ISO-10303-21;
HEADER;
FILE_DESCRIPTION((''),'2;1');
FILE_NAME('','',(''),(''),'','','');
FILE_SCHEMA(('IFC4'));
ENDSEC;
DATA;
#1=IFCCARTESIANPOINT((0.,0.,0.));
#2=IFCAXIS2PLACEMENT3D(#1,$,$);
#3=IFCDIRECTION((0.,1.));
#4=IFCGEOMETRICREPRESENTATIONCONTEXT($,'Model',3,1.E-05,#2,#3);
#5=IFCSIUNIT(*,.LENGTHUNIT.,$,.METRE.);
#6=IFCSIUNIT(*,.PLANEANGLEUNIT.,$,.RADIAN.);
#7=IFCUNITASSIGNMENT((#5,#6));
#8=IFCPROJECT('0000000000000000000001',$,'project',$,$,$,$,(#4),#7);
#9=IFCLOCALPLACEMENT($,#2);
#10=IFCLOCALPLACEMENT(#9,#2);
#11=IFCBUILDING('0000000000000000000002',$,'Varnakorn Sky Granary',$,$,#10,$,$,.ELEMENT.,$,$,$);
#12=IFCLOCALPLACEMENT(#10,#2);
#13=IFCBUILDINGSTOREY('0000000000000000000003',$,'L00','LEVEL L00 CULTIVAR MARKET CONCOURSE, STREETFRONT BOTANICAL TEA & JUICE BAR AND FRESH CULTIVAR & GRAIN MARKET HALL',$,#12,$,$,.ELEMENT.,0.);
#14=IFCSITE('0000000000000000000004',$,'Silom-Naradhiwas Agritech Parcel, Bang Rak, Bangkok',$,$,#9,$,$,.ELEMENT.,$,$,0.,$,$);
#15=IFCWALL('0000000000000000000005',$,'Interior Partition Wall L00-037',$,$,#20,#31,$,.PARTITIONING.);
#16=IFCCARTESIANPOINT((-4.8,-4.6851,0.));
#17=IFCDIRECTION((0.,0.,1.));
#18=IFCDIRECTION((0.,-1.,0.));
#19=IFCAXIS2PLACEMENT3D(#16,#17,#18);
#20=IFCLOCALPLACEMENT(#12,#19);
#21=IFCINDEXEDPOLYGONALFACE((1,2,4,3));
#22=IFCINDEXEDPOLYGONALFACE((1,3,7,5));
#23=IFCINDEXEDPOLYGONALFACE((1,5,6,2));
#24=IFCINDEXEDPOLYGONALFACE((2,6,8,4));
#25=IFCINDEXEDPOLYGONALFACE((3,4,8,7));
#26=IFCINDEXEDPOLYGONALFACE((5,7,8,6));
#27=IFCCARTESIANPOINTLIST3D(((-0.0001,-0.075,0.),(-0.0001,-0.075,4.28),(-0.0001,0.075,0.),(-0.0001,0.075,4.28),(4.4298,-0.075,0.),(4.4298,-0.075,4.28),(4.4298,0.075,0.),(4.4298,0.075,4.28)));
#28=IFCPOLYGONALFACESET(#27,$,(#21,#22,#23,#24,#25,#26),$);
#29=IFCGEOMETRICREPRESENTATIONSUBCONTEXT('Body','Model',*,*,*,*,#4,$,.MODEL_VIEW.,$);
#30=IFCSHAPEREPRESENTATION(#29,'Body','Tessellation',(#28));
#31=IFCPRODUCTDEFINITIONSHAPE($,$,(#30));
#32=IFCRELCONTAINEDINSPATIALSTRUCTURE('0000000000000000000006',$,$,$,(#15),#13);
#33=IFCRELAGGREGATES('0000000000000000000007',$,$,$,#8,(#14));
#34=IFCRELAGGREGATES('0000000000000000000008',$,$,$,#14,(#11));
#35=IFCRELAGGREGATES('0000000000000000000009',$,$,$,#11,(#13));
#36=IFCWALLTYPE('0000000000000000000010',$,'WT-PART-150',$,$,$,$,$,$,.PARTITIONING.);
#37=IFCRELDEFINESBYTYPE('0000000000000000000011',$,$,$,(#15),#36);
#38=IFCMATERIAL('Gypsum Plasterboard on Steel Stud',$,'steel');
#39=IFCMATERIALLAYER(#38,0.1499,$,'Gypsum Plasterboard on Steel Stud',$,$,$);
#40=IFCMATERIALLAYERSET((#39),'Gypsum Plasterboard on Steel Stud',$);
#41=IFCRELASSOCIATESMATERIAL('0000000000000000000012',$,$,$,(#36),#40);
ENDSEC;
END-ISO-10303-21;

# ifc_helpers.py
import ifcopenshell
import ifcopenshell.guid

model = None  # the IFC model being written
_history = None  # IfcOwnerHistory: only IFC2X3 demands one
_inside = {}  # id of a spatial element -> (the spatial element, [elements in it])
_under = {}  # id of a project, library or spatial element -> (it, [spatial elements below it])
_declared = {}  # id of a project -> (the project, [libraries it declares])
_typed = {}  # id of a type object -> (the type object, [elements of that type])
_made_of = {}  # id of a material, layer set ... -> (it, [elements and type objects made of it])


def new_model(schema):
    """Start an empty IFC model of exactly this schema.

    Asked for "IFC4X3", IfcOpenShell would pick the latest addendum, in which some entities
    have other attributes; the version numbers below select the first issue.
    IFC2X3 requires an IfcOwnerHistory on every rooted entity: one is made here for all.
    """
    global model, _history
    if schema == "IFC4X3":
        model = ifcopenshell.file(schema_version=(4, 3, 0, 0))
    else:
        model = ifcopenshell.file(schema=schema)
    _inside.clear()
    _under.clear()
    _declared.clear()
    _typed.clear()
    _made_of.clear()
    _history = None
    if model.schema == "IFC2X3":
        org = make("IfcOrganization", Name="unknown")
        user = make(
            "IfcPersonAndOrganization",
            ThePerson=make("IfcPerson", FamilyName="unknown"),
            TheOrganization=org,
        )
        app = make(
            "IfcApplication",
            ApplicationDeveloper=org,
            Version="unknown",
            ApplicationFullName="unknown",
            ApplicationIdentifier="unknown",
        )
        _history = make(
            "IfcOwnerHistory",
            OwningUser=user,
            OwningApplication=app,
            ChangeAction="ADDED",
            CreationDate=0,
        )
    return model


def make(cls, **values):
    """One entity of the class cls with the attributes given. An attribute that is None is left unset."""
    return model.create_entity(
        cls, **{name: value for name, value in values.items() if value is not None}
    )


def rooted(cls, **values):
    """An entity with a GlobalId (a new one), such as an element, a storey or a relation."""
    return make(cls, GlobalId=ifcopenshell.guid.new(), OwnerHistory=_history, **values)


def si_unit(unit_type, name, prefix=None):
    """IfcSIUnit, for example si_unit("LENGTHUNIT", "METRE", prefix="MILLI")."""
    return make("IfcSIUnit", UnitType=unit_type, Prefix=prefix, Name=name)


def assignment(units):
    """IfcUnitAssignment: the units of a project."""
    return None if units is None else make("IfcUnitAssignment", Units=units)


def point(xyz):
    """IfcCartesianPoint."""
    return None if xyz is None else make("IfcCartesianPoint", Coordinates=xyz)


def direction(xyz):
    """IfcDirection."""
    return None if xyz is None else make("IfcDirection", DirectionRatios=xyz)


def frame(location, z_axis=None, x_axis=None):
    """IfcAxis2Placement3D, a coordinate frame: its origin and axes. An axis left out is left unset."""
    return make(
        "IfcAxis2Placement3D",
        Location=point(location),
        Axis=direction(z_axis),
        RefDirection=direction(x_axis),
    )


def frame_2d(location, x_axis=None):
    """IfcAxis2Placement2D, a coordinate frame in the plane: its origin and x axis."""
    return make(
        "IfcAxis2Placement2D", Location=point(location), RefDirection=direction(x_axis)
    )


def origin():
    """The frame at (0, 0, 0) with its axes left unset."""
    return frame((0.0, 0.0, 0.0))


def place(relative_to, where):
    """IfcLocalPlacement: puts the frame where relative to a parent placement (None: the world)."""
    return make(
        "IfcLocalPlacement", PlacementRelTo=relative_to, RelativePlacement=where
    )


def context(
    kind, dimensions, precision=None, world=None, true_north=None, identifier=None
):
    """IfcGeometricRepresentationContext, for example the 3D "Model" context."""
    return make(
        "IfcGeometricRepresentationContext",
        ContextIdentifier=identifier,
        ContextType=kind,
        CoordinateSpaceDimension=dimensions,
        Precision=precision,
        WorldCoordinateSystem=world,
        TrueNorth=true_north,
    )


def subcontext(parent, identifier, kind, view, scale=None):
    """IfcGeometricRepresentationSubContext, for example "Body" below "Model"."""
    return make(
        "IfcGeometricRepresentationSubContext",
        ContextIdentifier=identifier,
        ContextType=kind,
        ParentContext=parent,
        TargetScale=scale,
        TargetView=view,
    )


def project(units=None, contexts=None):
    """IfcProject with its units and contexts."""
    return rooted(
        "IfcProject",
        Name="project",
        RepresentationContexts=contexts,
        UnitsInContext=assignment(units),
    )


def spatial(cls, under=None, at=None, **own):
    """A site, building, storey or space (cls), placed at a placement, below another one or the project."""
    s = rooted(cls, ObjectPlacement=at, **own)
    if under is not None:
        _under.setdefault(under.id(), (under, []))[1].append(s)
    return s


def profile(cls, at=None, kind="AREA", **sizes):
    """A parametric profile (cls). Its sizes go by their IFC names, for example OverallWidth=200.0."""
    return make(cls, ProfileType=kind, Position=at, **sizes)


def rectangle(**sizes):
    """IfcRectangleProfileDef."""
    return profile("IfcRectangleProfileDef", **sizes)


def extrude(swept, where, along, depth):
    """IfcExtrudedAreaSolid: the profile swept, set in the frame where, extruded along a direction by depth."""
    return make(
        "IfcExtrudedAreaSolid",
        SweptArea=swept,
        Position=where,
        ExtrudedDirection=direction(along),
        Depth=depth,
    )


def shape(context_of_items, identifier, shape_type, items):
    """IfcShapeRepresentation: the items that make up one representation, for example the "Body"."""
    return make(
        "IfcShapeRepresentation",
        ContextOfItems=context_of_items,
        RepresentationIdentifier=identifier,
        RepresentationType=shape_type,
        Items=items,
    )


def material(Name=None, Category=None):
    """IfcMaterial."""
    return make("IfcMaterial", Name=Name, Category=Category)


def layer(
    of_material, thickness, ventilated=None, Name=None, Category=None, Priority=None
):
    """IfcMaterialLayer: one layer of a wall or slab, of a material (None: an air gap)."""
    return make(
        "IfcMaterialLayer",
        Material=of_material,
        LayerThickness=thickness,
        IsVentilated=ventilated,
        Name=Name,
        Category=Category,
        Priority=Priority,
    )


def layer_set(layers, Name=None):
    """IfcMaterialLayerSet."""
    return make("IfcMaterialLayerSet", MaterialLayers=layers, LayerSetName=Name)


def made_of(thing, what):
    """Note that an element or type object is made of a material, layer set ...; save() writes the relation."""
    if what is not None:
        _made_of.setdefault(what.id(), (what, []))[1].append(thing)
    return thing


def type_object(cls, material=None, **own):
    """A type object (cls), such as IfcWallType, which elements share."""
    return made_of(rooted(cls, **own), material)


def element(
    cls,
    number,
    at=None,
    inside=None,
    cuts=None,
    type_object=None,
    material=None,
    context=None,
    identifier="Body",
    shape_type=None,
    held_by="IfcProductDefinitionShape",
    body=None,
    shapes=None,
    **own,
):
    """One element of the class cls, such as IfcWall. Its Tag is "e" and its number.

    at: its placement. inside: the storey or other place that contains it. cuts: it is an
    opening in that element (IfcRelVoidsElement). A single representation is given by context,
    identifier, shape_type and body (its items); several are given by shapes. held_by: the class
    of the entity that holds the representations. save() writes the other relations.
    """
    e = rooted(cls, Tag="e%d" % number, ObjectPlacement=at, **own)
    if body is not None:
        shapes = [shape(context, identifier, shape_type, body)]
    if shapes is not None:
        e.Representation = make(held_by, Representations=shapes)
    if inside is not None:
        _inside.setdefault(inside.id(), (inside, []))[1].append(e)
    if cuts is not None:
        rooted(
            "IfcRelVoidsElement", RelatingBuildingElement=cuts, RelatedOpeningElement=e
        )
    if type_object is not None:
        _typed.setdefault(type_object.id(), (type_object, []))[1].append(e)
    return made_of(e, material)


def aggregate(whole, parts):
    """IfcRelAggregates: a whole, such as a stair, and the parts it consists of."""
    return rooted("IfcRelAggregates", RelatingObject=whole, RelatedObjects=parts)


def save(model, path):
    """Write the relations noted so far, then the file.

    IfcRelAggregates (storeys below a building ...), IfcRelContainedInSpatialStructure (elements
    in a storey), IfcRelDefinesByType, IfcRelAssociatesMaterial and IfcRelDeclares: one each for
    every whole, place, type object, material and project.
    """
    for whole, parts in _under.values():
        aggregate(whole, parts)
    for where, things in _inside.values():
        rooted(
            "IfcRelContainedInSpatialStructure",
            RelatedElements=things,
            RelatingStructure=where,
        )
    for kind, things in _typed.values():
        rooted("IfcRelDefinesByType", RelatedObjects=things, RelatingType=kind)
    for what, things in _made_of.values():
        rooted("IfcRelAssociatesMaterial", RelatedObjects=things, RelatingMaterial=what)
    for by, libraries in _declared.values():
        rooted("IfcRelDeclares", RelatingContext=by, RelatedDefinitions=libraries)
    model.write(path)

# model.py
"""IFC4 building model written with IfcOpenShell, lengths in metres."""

from ifc_helpers import new_model, si_unit, direction, frame, frame_2d, origin, place, context, subcontext, project, spatial, rectangle, extrude, material, layer, layer_set, type_object, element, save


model = new_model("IFC4")

# Units and contexts
model_context = context("Model", 3, precision=1e-05, world=origin(), true_north=direction((0.0, 1.0)))
body_context = subcontext(model_context, "Body", "Model", "MODEL_VIEW")
ifc_project = project(units=[si_unit("LENGTHUNIT", "METRE"), si_unit("PLANEANGLEUNIT", "RADIAN")], contexts=[model_context])

# Site, building, storey
site_placement = place(None, origin())
site = spatial("IfcSite", under=ifc_project, at=site_placement, Name="Silom-Naradhiwas Agritech Parcel, Bang Rak, Bangkok", CompositionType="ELEMENT", RefElevation=0.0)
building_placement = place(site_placement, origin())
building = spatial("IfcBuilding", under=site, at=building_placement, Name="Varnakorn Sky Granary", CompositionType="ELEMENT")
storey_placement = place(building_placement, origin())
storey = spatial("IfcBuildingStorey", under=building, at=storey_placement, Name="L00", Description="LEVEL L00 CULTIVAR MARKET CONCOURSE, STREETFRONT BOTANICAL TEA & JUICE BAR AND FRESH CULTIVAR & GRAIN MARKET HALL", CompositionType="ELEMENT", Elevation=0.0)

# Shared definitions
ifc_material_1 = material(Name="Gypsum Plasterboard on Steel Stud", Category="steel")
ifc_layer_1 = layer(ifc_material_1, 0.1499, Name="Gypsum Plasterboard on Steel Stud")
ifc_layer_set_1 = layer_set([ifc_layer_1], Name="Gypsum Plasterboard on Steel Stud")
wall_type_1 = type_object("IfcWallType", Name="WT-PART-150", PredefinedType="PARTITIONING", material=ifc_layer_set_1)

# Wall
wall_1_placement = place(storey_placement, frame((-4.8, -4.6851, 0.0), z_axis=(0.0, 0.0, 1.0), x_axis=(0.0, -1.0, 0.0)))
element("IfcWall", 1, at=wall_1_placement, inside=storey, type_object=wall_type_1, Name="Interior Partition Wall L00-037", PredefinedType="PARTITIONING", context=body_context, shape_type="SweptSolid", body=[
    extrude(rectangle(XDim=4.4299, YDim=0.1499, at=frame_2d((2.2148, 0.0))), origin(), (0.0, 0.0, 1.0), 4.28),
])

save(model, "model.ifc")
